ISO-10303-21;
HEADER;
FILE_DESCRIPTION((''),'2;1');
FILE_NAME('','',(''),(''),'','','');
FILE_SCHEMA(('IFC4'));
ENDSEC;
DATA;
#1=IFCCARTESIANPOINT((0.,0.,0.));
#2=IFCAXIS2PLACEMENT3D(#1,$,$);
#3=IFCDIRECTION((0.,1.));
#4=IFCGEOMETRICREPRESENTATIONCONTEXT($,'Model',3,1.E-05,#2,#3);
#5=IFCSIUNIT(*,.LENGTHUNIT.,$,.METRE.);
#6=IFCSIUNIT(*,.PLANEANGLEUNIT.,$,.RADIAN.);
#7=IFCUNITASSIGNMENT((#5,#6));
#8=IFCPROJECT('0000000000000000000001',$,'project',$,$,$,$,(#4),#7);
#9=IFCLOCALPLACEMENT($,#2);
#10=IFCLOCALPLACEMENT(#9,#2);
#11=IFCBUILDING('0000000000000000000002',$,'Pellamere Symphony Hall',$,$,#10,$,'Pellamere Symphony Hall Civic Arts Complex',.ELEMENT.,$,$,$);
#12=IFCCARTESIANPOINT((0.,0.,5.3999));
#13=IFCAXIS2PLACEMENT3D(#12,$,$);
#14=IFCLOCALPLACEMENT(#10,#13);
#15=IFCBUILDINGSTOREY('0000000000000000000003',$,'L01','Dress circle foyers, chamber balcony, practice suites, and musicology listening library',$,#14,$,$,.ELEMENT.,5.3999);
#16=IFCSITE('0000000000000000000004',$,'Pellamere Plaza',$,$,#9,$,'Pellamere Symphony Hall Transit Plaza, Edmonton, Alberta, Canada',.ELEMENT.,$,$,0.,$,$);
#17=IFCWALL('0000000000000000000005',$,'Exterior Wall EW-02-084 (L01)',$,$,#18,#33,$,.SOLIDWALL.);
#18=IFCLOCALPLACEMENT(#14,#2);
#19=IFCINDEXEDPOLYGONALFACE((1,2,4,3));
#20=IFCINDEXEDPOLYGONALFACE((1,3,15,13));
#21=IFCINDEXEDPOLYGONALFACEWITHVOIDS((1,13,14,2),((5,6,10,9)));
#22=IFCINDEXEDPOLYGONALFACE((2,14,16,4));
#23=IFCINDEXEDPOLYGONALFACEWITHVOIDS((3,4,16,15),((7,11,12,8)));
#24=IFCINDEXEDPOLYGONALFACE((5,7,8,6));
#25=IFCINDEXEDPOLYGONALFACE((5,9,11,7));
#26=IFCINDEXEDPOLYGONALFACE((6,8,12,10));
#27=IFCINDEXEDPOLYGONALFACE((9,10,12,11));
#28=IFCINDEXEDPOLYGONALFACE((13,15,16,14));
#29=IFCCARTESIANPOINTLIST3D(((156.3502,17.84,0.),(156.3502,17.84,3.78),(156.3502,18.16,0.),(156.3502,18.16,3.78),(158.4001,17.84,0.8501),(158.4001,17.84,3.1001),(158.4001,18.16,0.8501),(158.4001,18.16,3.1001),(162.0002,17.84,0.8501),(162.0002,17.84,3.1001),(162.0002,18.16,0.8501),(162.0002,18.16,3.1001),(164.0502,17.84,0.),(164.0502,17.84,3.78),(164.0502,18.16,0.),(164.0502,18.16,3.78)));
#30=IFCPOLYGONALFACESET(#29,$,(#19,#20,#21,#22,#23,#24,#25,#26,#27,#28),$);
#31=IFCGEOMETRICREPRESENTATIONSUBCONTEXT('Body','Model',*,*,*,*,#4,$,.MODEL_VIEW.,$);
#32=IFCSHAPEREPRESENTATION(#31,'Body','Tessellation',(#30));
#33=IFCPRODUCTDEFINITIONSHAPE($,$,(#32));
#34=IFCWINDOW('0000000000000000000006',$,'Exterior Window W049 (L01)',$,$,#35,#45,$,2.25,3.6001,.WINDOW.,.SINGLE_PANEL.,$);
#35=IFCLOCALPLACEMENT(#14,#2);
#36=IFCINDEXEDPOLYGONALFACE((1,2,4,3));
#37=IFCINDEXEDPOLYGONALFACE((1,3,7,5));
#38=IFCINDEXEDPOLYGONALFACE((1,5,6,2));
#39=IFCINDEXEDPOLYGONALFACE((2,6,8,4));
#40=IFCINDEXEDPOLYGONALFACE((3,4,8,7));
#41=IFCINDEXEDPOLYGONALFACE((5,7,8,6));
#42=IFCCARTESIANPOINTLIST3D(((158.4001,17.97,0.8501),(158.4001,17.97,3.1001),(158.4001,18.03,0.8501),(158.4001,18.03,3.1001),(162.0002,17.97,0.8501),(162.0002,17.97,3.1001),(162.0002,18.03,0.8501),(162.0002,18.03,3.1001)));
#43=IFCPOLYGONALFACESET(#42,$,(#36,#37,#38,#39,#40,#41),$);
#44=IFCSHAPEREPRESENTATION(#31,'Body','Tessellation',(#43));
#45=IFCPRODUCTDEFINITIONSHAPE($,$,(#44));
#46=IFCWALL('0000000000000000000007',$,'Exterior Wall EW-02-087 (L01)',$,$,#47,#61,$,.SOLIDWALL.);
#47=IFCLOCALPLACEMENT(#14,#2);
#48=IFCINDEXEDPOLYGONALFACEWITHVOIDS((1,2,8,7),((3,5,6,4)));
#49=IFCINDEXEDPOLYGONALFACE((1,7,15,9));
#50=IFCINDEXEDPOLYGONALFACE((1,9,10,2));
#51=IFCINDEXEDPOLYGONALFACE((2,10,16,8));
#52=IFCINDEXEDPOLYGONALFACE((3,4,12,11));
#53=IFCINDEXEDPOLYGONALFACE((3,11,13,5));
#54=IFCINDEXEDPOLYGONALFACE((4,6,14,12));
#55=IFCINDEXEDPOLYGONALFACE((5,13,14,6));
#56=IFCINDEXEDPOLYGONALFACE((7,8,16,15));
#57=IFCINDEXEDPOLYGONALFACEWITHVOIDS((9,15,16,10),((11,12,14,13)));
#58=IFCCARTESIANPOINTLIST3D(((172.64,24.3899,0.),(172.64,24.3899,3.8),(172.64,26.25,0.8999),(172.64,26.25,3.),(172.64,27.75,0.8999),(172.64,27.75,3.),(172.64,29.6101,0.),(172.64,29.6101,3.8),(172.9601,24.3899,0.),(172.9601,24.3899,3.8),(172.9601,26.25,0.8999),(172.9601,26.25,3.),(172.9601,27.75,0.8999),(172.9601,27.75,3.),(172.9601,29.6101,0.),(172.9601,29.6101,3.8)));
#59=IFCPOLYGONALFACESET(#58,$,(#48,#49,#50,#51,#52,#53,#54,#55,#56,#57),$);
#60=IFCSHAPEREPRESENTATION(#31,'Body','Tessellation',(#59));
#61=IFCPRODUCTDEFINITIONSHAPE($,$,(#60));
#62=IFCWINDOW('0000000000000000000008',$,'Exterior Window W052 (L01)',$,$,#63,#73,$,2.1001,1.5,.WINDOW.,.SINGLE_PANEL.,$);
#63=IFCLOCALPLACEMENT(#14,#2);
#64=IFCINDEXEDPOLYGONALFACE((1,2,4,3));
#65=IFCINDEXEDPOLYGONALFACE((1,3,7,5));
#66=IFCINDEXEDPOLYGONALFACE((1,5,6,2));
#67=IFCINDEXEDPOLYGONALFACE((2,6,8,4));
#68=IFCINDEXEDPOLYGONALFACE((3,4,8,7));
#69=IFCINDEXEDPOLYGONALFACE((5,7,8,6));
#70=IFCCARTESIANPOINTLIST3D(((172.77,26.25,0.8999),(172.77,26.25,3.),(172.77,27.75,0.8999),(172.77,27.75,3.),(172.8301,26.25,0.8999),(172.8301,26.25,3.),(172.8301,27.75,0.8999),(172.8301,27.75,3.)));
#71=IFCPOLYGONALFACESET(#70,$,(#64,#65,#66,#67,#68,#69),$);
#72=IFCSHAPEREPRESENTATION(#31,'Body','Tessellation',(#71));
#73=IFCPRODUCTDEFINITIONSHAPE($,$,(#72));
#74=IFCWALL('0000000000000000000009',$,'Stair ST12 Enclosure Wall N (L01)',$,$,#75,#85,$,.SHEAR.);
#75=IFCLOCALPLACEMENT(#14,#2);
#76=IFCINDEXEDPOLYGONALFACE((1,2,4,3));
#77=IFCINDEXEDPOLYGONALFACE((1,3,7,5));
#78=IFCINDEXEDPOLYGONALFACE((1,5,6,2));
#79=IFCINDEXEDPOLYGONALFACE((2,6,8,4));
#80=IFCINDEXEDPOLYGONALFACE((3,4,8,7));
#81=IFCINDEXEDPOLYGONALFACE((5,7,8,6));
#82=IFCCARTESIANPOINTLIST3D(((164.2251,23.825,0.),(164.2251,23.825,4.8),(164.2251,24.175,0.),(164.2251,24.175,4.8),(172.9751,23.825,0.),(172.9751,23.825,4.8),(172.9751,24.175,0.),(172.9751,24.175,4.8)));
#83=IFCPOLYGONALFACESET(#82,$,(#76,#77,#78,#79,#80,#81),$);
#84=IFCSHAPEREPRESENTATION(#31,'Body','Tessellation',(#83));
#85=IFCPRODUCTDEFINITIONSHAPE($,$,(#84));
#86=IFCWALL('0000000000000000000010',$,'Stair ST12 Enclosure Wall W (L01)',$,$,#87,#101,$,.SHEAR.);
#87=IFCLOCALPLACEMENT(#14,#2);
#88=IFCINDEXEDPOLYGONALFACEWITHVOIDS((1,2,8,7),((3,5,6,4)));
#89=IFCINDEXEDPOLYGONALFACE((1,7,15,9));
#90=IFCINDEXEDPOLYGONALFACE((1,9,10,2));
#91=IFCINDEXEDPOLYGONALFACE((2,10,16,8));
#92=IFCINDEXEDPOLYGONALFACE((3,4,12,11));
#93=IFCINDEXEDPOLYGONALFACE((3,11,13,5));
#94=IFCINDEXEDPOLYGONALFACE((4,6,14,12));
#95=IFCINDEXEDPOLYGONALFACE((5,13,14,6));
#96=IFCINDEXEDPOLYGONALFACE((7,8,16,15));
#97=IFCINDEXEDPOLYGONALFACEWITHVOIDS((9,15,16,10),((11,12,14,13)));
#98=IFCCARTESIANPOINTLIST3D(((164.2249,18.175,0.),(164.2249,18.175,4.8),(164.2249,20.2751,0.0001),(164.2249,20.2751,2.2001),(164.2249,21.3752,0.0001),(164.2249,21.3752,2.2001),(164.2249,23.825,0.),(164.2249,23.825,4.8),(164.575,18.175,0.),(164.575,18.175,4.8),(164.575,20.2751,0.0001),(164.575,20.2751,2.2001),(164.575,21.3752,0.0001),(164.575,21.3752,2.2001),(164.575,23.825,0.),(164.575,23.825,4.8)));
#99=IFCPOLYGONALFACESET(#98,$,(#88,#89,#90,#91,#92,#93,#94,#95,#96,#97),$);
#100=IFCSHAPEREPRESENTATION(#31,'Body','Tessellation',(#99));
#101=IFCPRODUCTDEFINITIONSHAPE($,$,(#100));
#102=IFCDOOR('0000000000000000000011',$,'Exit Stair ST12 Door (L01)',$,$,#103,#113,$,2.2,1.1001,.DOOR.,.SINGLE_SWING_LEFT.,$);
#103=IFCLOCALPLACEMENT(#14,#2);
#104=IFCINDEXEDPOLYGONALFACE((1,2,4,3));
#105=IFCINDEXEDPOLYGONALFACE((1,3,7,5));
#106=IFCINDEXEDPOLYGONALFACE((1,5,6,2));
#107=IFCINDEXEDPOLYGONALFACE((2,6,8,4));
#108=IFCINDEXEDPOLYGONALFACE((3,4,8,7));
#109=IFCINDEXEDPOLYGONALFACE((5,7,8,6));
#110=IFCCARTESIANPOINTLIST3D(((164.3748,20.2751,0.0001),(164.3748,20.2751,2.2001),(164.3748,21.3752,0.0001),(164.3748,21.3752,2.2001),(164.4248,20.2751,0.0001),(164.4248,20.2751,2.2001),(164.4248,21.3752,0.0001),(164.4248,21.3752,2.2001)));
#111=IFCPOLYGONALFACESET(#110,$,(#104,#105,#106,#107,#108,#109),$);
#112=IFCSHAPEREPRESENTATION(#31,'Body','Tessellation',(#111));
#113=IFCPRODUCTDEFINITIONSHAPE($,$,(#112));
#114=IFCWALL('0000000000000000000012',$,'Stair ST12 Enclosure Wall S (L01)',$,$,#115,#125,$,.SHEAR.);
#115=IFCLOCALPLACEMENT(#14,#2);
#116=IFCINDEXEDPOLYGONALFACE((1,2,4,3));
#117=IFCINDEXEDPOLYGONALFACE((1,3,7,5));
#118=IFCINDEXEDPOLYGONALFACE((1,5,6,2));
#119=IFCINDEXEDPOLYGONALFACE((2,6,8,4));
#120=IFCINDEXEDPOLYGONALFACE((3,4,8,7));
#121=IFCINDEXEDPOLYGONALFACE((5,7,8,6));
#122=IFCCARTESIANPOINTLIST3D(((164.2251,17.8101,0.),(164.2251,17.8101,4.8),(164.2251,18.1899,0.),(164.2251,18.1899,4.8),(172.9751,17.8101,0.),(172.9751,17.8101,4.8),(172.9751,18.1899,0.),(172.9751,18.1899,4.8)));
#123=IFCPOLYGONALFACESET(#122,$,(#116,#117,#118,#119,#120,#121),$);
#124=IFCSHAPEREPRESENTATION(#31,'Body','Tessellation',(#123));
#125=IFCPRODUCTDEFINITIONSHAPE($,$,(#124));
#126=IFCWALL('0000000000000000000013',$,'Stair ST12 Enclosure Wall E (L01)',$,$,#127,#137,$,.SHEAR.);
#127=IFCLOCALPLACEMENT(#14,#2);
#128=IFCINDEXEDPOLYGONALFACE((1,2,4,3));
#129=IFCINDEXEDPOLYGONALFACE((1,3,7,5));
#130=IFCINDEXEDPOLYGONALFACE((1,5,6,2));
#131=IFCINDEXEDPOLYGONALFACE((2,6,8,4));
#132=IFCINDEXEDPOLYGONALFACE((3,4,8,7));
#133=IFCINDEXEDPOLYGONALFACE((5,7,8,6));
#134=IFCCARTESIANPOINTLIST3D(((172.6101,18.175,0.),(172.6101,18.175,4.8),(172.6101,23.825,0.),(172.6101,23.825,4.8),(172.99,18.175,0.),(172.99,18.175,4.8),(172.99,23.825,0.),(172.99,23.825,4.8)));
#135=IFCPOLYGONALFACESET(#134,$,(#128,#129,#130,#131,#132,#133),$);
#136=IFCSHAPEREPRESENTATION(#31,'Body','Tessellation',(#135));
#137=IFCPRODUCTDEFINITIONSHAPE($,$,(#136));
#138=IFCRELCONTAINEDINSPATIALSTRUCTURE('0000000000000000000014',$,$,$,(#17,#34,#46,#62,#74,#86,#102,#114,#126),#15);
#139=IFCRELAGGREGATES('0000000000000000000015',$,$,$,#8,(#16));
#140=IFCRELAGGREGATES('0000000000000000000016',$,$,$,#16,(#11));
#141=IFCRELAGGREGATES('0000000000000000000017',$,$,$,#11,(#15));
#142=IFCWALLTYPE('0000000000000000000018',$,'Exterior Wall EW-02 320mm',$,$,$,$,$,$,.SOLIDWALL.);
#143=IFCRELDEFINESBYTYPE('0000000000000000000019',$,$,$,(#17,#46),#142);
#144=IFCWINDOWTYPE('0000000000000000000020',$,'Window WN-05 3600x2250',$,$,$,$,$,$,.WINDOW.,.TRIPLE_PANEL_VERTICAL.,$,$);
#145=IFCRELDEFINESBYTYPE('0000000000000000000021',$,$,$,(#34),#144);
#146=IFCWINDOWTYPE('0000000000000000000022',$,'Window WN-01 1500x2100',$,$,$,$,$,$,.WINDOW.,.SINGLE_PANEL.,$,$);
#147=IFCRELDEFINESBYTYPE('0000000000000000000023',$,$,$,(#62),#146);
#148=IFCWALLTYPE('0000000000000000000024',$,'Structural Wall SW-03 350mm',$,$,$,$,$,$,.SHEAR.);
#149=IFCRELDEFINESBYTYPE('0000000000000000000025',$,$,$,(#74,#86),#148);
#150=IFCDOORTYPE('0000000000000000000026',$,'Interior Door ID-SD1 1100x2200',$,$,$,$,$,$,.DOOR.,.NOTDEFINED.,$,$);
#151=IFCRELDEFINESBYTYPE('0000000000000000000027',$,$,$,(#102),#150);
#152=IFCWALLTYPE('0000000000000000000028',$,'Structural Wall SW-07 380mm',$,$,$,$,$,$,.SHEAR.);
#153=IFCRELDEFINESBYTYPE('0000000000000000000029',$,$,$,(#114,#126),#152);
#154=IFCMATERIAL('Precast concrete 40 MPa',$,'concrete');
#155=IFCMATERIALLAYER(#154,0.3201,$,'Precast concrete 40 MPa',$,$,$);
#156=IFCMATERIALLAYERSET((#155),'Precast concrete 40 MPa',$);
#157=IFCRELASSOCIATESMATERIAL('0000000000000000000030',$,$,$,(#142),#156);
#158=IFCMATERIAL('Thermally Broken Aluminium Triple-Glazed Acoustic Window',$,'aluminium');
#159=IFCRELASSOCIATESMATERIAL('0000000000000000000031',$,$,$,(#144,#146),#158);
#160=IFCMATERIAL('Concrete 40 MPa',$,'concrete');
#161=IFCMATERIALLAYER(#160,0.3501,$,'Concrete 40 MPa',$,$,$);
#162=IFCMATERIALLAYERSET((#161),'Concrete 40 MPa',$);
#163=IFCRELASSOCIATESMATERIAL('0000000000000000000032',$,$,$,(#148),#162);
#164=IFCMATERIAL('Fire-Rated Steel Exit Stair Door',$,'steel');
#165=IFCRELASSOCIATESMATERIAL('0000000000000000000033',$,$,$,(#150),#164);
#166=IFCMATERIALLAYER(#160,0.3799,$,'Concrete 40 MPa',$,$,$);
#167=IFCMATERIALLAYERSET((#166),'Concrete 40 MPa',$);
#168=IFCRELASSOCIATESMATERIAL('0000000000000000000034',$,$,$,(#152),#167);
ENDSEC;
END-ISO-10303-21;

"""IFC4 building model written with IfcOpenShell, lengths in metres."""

from ifc_helpers import new_model, si_unit, direction, frame, frame_2d, origin, place, context, subcontext, project, spatial, rectangle, extrude, material, layer, layer_set, type_object, element, fill, save


model = new_model("IFC4")

# Units and contexts
model_context = context("Model", 3, precision=1e-05, world=origin(), true_north=direction((0.0, 1.0)))
body_context = subcontext(model_context, "Body", "Model", "MODEL_VIEW")
ifc_project = project(units=[si_unit("LENGTHUNIT", "METRE"), si_unit("PLANEANGLEUNIT", "RADIAN")], contexts=[model_context])

# Site, building, storey
site_placement = place(None, origin())
site = spatial("IfcSite", under=ifc_project, at=site_placement, Name="Pellamere Plaza", LongName="Pellamere Symphony Hall Transit Plaza, Edmonton, Alberta, Canada", CompositionType="ELEMENT", RefElevation=0.0)
building_placement = place(site_placement, origin())
building = spatial("IfcBuilding", under=site, at=building_placement, Name="Pellamere Symphony Hall", LongName="Pellamere Symphony Hall Civic Arts Complex", CompositionType="ELEMENT")
storey_placement = place(building_placement, frame((0.0, 0.0, 5.3999)))
storey = spatial("IfcBuildingStorey", under=building, at=storey_placement, Name="L01", Description="Dress circle foyers, chamber balcony, practice suites, and musicology listening library", CompositionType="ELEMENT", Elevation=5.3999)

# Shared definitions
ifc_material_1 = material(Name="Concrete 40 MPa", Category="concrete")

# Walls, openings, windows
ifc_material_2 = material(Name="Precast concrete 40 MPa", Category="concrete")
ifc_layer_1 = layer(ifc_material_2, 0.3201, Name="Precast concrete 40 MPa")
ifc_layer_set_1 = layer_set([ifc_layer_1], Name="Precast concrete 40 MPa")
wall_type_1 = type_object("IfcWallType", Name="Exterior Wall EW-02 320mm", PredefinedType="SOLIDWALL", material=ifc_layer_set_1)
wall_1_placement = place(storey_placement, frame((156.3501, 18.0, 0.0), z_axis=(0.0, 0.0, 1.0), x_axis=(1.0, 0.0, 0.0)))
wall_1 = element("IfcWall", 1, at=wall_1_placement, inside=storey, type_object=wall_type_1, Name="Exterior Wall EW-02-084 (L01)", PredefinedType="SOLIDWALL", context=body_context, shape_type="SweptSolid", body=[
    extrude(rectangle(XDim=7.7, YDim=0.3201, at=frame_2d((3.8501, 0.0))), origin(), (0.0, 0.0, 1.0), 3.78),
])
opening_1_placement = place(wall_1_placement, frame((2.05, 0.0, 0.8501)))
opening_1 = element("IfcOpeningElement", 2, at=opening_1_placement, cuts=wall_1, PredefinedType="OPENING", context=body_context, shape_type="SweptSolid", body=[
    extrude(rectangle(XDim=3.6001, YDim=2.25, at=frame_2d((1.8, 1.125))), frame((0.0, 0.1699, 0.0), z_axis=(0.0, -1.0, 0.0), x_axis=(1.0, 0.0, 0.0)), (0.0, 0.0, 1.0), 0.3401),
])
ifc_material_3 = material(Name="Thermally Broken Aluminium Triple-Glazed Acoustic Window", Category="aluminium")
window_type_1 = type_object("IfcWindowType", Name="Window WN-05 3600x2250", PartitioningType="TRIPLE_PANEL_VERTICAL", PredefinedType="WINDOW", material=ifc_material_3)
window_1_placement = place(opening_1_placement, origin())
window_1 = element("IfcWindow", 3, at=window_1_placement, inside=storey, type_object=window_type_1, Name="Exterior Window W049 (L01)", OverallHeight=2.25, OverallWidth=3.6001, PartitioningType="SINGLE_PANEL", PredefinedType="WINDOW", context=body_context, shape_type="SweptSolid", body=[
    extrude(rectangle(XDim=3.6001, YDim=2.25, at=frame_2d((1.8, 1.125))), frame((0.0, 0.03, 0.0), z_axis=(0.0, -1.0, 0.0), x_axis=(1.0, 0.0, 0.0)), (0.0, 0.0, 1.0), 0.0601),
])
fill(opening_1, window_1)
wall_2_placement = place(storey_placement, frame((172.8, 24.3899, 0.0), z_axis=(0.0, 0.0, 1.0), x_axis=(0.0, 1.0, 0.0)))
wall_2 = element("IfcWall", 4, at=wall_2_placement, inside=storey, type_object=wall_type_1, Name="Exterior Wall EW-02-087 (L01)", PredefinedType="SOLIDWALL", context=body_context, shape_type="SweptSolid", body=[
    extrude(rectangle(XDim=5.2202, YDim=0.3201, at=frame_2d((2.6101, 0.0))), origin(), (0.0, 0.0, 1.0), 3.8),
])
opening_2_placement = place(wall_2_placement, frame((1.8601, 0.0, 0.8999)))
opening_2 = element("IfcOpeningElement", 5, at=opening_2_placement, cuts=wall_2, PredefinedType="OPENING", context=body_context, shape_type="SweptSolid", body=[
    extrude(rectangle(XDim=1.5, YDim=2.1001, at=frame_2d((0.75, 1.05))), frame((0.0, 0.1699, 0.0), z_axis=(0.0, -1.0, 0.0), x_axis=(1.0, 0.0, 0.0)), (0.0, 0.0, 1.0), 0.3401),
])
window_type_2 = type_object("IfcWindowType", Name="Window WN-01 1500x2100", PartitioningType="SINGLE_PANEL", PredefinedType="WINDOW", material=ifc_material_3)
window_2_placement = place(opening_2_placement, origin())
window_2 = element("IfcWindow", 6, at=window_2_placement, inside=storey, type_object=window_type_2, Name="Exterior Window W052 (L01)", OverallHeight=2.1001, OverallWidth=1.5, PartitioningType="SINGLE_PANEL", PredefinedType="WINDOW", context=body_context, shape_type="SweptSolid", body=[
    extrude(rectangle(XDim=1.5, YDim=2.1001, at=frame_2d((0.75, 1.05))), frame((0.0, 0.03, 0.0), z_axis=(0.0, -1.0, 0.0), x_axis=(1.0, 0.0, 0.0)), (0.0, 0.0, 1.0), 0.0601),
])
fill(opening_2, window_2)

# Wall
ifc_layer_2 = layer(ifc_material_1, 0.3501, Name="Concrete 40 MPa")
ifc_layer_set_2 = layer_set([ifc_layer_2], Name="Concrete 40 MPa")
wall_type_2 = type_object("IfcWallType", Name="Structural Wall SW-03 350mm", PredefinedType="SHEAR", material=ifc_layer_set_2)
wall_3_placement = place(storey_placement, frame((164.2251, 24.0, 0.0), z_axis=(0.0, 0.0, 1.0), x_axis=(1.0, 0.0, 0.0)))
element("IfcWall", 7, at=wall_3_placement, inside=storey, type_object=wall_type_2, Name="Stair ST12 Enclosure Wall N (L01)", PredefinedType="SHEAR", context=body_context, shape_type="SweptSolid", body=[
    extrude(rectangle(XDim=8.75, YDim=0.3501, at=frame_2d((4.375, 0.0))), origin(), (0.0, 0.0, 1.0), 4.8),
])

# Wall, opening, door
wall_4_placement = place(storey_placement, frame((164.3999, 18.175, 0.0), z_axis=(0.0, 0.0, 1.0), x_axis=(0.0, 1.0, 0.0)))
wall_4 = element("IfcWall", 8, at=wall_4_placement, inside=storey, type_object=wall_type_2, Name="Stair ST12 Enclosure Wall W (L01)", PredefinedType="SHEAR", context=body_context, shape_type="SweptSolid", body=[
    extrude(rectangle(XDim=5.6499, YDim=0.3501, at=frame_2d((2.825, 0.0))), origin(), (0.0, 0.0, 1.0), 4.8),
])
opening_3_placement = place(wall_4_placement, frame((2.1001, 0.0, 0.0)))
opening_3 = element("IfcOpeningElement", 9, at=opening_3_placement, cuts=wall_4, PredefinedType="OPENING", context=body_context, shape_type="SweptSolid", body=[
    extrude(rectangle(XDim=1.1001, YDim=2.2, at=frame_2d((0.55, 1.1001))), frame((0.0, 0.1851, 0.0), z_axis=(0.0, -1.0, 0.0), x_axis=(1.0, 0.0, 0.0)), (0.0, 0.0, 1.0), 0.3701),
])
ifc_material_4 = material(Name="Fire-Rated Steel Exit Stair Door", Category="steel")
door_type = type_object("IfcDoorType", Name="Interior Door ID-SD1 1100x2200", OperationType="NOTDEFINED", PredefinedType="DOOR", material=ifc_material_4)
door_placement = place(opening_3_placement, frame((1.1001, 0.0, 0.0), z_axis=(0.0, 0.0, 1.0), x_axis=(-1.0, 0.0, 0.0)))
door = element("IfcDoor", 10, at=door_placement, inside=storey, type_object=door_type, Name="Exit Stair ST12 Door (L01)", OperationType="SINGLE_SWING_LEFT", OverallHeight=2.2, OverallWidth=1.1001, PredefinedType="DOOR", context=body_context, shape_type="SweptSolid", body=[
    extrude(rectangle(XDim=1.1001, YDim=2.2, at=frame_2d((0.55, 1.1001))), frame((0.0, 0.0249, 0.0), z_axis=(0.0, -1.0, 0.0), x_axis=(1.0, 0.0, 0.0)), (0.0, 0.0, 1.0), 0.05),
])
fill(opening_3, door)

# Walls
ifc_layer_3 = layer(ifc_material_1, 0.3799, Name="Concrete 40 MPa")
ifc_layer_set_3 = layer_set([ifc_layer_3], Name="Concrete 40 MPa")
wall_type_3 = type_object("IfcWallType", Name="Structural Wall SW-07 380mm", PredefinedType="SHEAR", material=ifc_layer_set_3)
wall_5_placement = place(storey_placement, frame((164.2251, 18.0, 0.0), z_axis=(0.0, 0.0, 1.0), x_axis=(1.0, 0.0, 0.0)))
element("IfcWall", 11, at=wall_5_placement, inside=storey, type_object=wall_type_3, Name="Stair ST12 Enclosure Wall S (L01)", PredefinedType="SHEAR", context=body_context, shape_type="SweptSolid", body=[
    extrude(rectangle(XDim=8.75, YDim=0.3799, at=frame_2d((4.375, 0.0))), origin(), (0.0, 0.0, 1.0), 4.8),
])
wall_6_placement = place(storey_placement, frame((172.8, 18.175, 0.0), z_axis=(0.0, 0.0, 1.0), x_axis=(0.0, 1.0, 0.0)))
element("IfcWall", 12, at=wall_6_placement, inside=storey, type_object=wall_type_3, Name="Stair ST12 Enclosure Wall E (L01)", PredefinedType="SHEAR", context=body_context, shape_type="SweptSolid", body=[
    extrude(rectangle(XDim=5.6499, YDim=0.3799, at=frame_2d((2.825, 0.0))), origin(), (0.0, 0.0, 1.0), 4.8),
])

save(model, "model.ifc")
